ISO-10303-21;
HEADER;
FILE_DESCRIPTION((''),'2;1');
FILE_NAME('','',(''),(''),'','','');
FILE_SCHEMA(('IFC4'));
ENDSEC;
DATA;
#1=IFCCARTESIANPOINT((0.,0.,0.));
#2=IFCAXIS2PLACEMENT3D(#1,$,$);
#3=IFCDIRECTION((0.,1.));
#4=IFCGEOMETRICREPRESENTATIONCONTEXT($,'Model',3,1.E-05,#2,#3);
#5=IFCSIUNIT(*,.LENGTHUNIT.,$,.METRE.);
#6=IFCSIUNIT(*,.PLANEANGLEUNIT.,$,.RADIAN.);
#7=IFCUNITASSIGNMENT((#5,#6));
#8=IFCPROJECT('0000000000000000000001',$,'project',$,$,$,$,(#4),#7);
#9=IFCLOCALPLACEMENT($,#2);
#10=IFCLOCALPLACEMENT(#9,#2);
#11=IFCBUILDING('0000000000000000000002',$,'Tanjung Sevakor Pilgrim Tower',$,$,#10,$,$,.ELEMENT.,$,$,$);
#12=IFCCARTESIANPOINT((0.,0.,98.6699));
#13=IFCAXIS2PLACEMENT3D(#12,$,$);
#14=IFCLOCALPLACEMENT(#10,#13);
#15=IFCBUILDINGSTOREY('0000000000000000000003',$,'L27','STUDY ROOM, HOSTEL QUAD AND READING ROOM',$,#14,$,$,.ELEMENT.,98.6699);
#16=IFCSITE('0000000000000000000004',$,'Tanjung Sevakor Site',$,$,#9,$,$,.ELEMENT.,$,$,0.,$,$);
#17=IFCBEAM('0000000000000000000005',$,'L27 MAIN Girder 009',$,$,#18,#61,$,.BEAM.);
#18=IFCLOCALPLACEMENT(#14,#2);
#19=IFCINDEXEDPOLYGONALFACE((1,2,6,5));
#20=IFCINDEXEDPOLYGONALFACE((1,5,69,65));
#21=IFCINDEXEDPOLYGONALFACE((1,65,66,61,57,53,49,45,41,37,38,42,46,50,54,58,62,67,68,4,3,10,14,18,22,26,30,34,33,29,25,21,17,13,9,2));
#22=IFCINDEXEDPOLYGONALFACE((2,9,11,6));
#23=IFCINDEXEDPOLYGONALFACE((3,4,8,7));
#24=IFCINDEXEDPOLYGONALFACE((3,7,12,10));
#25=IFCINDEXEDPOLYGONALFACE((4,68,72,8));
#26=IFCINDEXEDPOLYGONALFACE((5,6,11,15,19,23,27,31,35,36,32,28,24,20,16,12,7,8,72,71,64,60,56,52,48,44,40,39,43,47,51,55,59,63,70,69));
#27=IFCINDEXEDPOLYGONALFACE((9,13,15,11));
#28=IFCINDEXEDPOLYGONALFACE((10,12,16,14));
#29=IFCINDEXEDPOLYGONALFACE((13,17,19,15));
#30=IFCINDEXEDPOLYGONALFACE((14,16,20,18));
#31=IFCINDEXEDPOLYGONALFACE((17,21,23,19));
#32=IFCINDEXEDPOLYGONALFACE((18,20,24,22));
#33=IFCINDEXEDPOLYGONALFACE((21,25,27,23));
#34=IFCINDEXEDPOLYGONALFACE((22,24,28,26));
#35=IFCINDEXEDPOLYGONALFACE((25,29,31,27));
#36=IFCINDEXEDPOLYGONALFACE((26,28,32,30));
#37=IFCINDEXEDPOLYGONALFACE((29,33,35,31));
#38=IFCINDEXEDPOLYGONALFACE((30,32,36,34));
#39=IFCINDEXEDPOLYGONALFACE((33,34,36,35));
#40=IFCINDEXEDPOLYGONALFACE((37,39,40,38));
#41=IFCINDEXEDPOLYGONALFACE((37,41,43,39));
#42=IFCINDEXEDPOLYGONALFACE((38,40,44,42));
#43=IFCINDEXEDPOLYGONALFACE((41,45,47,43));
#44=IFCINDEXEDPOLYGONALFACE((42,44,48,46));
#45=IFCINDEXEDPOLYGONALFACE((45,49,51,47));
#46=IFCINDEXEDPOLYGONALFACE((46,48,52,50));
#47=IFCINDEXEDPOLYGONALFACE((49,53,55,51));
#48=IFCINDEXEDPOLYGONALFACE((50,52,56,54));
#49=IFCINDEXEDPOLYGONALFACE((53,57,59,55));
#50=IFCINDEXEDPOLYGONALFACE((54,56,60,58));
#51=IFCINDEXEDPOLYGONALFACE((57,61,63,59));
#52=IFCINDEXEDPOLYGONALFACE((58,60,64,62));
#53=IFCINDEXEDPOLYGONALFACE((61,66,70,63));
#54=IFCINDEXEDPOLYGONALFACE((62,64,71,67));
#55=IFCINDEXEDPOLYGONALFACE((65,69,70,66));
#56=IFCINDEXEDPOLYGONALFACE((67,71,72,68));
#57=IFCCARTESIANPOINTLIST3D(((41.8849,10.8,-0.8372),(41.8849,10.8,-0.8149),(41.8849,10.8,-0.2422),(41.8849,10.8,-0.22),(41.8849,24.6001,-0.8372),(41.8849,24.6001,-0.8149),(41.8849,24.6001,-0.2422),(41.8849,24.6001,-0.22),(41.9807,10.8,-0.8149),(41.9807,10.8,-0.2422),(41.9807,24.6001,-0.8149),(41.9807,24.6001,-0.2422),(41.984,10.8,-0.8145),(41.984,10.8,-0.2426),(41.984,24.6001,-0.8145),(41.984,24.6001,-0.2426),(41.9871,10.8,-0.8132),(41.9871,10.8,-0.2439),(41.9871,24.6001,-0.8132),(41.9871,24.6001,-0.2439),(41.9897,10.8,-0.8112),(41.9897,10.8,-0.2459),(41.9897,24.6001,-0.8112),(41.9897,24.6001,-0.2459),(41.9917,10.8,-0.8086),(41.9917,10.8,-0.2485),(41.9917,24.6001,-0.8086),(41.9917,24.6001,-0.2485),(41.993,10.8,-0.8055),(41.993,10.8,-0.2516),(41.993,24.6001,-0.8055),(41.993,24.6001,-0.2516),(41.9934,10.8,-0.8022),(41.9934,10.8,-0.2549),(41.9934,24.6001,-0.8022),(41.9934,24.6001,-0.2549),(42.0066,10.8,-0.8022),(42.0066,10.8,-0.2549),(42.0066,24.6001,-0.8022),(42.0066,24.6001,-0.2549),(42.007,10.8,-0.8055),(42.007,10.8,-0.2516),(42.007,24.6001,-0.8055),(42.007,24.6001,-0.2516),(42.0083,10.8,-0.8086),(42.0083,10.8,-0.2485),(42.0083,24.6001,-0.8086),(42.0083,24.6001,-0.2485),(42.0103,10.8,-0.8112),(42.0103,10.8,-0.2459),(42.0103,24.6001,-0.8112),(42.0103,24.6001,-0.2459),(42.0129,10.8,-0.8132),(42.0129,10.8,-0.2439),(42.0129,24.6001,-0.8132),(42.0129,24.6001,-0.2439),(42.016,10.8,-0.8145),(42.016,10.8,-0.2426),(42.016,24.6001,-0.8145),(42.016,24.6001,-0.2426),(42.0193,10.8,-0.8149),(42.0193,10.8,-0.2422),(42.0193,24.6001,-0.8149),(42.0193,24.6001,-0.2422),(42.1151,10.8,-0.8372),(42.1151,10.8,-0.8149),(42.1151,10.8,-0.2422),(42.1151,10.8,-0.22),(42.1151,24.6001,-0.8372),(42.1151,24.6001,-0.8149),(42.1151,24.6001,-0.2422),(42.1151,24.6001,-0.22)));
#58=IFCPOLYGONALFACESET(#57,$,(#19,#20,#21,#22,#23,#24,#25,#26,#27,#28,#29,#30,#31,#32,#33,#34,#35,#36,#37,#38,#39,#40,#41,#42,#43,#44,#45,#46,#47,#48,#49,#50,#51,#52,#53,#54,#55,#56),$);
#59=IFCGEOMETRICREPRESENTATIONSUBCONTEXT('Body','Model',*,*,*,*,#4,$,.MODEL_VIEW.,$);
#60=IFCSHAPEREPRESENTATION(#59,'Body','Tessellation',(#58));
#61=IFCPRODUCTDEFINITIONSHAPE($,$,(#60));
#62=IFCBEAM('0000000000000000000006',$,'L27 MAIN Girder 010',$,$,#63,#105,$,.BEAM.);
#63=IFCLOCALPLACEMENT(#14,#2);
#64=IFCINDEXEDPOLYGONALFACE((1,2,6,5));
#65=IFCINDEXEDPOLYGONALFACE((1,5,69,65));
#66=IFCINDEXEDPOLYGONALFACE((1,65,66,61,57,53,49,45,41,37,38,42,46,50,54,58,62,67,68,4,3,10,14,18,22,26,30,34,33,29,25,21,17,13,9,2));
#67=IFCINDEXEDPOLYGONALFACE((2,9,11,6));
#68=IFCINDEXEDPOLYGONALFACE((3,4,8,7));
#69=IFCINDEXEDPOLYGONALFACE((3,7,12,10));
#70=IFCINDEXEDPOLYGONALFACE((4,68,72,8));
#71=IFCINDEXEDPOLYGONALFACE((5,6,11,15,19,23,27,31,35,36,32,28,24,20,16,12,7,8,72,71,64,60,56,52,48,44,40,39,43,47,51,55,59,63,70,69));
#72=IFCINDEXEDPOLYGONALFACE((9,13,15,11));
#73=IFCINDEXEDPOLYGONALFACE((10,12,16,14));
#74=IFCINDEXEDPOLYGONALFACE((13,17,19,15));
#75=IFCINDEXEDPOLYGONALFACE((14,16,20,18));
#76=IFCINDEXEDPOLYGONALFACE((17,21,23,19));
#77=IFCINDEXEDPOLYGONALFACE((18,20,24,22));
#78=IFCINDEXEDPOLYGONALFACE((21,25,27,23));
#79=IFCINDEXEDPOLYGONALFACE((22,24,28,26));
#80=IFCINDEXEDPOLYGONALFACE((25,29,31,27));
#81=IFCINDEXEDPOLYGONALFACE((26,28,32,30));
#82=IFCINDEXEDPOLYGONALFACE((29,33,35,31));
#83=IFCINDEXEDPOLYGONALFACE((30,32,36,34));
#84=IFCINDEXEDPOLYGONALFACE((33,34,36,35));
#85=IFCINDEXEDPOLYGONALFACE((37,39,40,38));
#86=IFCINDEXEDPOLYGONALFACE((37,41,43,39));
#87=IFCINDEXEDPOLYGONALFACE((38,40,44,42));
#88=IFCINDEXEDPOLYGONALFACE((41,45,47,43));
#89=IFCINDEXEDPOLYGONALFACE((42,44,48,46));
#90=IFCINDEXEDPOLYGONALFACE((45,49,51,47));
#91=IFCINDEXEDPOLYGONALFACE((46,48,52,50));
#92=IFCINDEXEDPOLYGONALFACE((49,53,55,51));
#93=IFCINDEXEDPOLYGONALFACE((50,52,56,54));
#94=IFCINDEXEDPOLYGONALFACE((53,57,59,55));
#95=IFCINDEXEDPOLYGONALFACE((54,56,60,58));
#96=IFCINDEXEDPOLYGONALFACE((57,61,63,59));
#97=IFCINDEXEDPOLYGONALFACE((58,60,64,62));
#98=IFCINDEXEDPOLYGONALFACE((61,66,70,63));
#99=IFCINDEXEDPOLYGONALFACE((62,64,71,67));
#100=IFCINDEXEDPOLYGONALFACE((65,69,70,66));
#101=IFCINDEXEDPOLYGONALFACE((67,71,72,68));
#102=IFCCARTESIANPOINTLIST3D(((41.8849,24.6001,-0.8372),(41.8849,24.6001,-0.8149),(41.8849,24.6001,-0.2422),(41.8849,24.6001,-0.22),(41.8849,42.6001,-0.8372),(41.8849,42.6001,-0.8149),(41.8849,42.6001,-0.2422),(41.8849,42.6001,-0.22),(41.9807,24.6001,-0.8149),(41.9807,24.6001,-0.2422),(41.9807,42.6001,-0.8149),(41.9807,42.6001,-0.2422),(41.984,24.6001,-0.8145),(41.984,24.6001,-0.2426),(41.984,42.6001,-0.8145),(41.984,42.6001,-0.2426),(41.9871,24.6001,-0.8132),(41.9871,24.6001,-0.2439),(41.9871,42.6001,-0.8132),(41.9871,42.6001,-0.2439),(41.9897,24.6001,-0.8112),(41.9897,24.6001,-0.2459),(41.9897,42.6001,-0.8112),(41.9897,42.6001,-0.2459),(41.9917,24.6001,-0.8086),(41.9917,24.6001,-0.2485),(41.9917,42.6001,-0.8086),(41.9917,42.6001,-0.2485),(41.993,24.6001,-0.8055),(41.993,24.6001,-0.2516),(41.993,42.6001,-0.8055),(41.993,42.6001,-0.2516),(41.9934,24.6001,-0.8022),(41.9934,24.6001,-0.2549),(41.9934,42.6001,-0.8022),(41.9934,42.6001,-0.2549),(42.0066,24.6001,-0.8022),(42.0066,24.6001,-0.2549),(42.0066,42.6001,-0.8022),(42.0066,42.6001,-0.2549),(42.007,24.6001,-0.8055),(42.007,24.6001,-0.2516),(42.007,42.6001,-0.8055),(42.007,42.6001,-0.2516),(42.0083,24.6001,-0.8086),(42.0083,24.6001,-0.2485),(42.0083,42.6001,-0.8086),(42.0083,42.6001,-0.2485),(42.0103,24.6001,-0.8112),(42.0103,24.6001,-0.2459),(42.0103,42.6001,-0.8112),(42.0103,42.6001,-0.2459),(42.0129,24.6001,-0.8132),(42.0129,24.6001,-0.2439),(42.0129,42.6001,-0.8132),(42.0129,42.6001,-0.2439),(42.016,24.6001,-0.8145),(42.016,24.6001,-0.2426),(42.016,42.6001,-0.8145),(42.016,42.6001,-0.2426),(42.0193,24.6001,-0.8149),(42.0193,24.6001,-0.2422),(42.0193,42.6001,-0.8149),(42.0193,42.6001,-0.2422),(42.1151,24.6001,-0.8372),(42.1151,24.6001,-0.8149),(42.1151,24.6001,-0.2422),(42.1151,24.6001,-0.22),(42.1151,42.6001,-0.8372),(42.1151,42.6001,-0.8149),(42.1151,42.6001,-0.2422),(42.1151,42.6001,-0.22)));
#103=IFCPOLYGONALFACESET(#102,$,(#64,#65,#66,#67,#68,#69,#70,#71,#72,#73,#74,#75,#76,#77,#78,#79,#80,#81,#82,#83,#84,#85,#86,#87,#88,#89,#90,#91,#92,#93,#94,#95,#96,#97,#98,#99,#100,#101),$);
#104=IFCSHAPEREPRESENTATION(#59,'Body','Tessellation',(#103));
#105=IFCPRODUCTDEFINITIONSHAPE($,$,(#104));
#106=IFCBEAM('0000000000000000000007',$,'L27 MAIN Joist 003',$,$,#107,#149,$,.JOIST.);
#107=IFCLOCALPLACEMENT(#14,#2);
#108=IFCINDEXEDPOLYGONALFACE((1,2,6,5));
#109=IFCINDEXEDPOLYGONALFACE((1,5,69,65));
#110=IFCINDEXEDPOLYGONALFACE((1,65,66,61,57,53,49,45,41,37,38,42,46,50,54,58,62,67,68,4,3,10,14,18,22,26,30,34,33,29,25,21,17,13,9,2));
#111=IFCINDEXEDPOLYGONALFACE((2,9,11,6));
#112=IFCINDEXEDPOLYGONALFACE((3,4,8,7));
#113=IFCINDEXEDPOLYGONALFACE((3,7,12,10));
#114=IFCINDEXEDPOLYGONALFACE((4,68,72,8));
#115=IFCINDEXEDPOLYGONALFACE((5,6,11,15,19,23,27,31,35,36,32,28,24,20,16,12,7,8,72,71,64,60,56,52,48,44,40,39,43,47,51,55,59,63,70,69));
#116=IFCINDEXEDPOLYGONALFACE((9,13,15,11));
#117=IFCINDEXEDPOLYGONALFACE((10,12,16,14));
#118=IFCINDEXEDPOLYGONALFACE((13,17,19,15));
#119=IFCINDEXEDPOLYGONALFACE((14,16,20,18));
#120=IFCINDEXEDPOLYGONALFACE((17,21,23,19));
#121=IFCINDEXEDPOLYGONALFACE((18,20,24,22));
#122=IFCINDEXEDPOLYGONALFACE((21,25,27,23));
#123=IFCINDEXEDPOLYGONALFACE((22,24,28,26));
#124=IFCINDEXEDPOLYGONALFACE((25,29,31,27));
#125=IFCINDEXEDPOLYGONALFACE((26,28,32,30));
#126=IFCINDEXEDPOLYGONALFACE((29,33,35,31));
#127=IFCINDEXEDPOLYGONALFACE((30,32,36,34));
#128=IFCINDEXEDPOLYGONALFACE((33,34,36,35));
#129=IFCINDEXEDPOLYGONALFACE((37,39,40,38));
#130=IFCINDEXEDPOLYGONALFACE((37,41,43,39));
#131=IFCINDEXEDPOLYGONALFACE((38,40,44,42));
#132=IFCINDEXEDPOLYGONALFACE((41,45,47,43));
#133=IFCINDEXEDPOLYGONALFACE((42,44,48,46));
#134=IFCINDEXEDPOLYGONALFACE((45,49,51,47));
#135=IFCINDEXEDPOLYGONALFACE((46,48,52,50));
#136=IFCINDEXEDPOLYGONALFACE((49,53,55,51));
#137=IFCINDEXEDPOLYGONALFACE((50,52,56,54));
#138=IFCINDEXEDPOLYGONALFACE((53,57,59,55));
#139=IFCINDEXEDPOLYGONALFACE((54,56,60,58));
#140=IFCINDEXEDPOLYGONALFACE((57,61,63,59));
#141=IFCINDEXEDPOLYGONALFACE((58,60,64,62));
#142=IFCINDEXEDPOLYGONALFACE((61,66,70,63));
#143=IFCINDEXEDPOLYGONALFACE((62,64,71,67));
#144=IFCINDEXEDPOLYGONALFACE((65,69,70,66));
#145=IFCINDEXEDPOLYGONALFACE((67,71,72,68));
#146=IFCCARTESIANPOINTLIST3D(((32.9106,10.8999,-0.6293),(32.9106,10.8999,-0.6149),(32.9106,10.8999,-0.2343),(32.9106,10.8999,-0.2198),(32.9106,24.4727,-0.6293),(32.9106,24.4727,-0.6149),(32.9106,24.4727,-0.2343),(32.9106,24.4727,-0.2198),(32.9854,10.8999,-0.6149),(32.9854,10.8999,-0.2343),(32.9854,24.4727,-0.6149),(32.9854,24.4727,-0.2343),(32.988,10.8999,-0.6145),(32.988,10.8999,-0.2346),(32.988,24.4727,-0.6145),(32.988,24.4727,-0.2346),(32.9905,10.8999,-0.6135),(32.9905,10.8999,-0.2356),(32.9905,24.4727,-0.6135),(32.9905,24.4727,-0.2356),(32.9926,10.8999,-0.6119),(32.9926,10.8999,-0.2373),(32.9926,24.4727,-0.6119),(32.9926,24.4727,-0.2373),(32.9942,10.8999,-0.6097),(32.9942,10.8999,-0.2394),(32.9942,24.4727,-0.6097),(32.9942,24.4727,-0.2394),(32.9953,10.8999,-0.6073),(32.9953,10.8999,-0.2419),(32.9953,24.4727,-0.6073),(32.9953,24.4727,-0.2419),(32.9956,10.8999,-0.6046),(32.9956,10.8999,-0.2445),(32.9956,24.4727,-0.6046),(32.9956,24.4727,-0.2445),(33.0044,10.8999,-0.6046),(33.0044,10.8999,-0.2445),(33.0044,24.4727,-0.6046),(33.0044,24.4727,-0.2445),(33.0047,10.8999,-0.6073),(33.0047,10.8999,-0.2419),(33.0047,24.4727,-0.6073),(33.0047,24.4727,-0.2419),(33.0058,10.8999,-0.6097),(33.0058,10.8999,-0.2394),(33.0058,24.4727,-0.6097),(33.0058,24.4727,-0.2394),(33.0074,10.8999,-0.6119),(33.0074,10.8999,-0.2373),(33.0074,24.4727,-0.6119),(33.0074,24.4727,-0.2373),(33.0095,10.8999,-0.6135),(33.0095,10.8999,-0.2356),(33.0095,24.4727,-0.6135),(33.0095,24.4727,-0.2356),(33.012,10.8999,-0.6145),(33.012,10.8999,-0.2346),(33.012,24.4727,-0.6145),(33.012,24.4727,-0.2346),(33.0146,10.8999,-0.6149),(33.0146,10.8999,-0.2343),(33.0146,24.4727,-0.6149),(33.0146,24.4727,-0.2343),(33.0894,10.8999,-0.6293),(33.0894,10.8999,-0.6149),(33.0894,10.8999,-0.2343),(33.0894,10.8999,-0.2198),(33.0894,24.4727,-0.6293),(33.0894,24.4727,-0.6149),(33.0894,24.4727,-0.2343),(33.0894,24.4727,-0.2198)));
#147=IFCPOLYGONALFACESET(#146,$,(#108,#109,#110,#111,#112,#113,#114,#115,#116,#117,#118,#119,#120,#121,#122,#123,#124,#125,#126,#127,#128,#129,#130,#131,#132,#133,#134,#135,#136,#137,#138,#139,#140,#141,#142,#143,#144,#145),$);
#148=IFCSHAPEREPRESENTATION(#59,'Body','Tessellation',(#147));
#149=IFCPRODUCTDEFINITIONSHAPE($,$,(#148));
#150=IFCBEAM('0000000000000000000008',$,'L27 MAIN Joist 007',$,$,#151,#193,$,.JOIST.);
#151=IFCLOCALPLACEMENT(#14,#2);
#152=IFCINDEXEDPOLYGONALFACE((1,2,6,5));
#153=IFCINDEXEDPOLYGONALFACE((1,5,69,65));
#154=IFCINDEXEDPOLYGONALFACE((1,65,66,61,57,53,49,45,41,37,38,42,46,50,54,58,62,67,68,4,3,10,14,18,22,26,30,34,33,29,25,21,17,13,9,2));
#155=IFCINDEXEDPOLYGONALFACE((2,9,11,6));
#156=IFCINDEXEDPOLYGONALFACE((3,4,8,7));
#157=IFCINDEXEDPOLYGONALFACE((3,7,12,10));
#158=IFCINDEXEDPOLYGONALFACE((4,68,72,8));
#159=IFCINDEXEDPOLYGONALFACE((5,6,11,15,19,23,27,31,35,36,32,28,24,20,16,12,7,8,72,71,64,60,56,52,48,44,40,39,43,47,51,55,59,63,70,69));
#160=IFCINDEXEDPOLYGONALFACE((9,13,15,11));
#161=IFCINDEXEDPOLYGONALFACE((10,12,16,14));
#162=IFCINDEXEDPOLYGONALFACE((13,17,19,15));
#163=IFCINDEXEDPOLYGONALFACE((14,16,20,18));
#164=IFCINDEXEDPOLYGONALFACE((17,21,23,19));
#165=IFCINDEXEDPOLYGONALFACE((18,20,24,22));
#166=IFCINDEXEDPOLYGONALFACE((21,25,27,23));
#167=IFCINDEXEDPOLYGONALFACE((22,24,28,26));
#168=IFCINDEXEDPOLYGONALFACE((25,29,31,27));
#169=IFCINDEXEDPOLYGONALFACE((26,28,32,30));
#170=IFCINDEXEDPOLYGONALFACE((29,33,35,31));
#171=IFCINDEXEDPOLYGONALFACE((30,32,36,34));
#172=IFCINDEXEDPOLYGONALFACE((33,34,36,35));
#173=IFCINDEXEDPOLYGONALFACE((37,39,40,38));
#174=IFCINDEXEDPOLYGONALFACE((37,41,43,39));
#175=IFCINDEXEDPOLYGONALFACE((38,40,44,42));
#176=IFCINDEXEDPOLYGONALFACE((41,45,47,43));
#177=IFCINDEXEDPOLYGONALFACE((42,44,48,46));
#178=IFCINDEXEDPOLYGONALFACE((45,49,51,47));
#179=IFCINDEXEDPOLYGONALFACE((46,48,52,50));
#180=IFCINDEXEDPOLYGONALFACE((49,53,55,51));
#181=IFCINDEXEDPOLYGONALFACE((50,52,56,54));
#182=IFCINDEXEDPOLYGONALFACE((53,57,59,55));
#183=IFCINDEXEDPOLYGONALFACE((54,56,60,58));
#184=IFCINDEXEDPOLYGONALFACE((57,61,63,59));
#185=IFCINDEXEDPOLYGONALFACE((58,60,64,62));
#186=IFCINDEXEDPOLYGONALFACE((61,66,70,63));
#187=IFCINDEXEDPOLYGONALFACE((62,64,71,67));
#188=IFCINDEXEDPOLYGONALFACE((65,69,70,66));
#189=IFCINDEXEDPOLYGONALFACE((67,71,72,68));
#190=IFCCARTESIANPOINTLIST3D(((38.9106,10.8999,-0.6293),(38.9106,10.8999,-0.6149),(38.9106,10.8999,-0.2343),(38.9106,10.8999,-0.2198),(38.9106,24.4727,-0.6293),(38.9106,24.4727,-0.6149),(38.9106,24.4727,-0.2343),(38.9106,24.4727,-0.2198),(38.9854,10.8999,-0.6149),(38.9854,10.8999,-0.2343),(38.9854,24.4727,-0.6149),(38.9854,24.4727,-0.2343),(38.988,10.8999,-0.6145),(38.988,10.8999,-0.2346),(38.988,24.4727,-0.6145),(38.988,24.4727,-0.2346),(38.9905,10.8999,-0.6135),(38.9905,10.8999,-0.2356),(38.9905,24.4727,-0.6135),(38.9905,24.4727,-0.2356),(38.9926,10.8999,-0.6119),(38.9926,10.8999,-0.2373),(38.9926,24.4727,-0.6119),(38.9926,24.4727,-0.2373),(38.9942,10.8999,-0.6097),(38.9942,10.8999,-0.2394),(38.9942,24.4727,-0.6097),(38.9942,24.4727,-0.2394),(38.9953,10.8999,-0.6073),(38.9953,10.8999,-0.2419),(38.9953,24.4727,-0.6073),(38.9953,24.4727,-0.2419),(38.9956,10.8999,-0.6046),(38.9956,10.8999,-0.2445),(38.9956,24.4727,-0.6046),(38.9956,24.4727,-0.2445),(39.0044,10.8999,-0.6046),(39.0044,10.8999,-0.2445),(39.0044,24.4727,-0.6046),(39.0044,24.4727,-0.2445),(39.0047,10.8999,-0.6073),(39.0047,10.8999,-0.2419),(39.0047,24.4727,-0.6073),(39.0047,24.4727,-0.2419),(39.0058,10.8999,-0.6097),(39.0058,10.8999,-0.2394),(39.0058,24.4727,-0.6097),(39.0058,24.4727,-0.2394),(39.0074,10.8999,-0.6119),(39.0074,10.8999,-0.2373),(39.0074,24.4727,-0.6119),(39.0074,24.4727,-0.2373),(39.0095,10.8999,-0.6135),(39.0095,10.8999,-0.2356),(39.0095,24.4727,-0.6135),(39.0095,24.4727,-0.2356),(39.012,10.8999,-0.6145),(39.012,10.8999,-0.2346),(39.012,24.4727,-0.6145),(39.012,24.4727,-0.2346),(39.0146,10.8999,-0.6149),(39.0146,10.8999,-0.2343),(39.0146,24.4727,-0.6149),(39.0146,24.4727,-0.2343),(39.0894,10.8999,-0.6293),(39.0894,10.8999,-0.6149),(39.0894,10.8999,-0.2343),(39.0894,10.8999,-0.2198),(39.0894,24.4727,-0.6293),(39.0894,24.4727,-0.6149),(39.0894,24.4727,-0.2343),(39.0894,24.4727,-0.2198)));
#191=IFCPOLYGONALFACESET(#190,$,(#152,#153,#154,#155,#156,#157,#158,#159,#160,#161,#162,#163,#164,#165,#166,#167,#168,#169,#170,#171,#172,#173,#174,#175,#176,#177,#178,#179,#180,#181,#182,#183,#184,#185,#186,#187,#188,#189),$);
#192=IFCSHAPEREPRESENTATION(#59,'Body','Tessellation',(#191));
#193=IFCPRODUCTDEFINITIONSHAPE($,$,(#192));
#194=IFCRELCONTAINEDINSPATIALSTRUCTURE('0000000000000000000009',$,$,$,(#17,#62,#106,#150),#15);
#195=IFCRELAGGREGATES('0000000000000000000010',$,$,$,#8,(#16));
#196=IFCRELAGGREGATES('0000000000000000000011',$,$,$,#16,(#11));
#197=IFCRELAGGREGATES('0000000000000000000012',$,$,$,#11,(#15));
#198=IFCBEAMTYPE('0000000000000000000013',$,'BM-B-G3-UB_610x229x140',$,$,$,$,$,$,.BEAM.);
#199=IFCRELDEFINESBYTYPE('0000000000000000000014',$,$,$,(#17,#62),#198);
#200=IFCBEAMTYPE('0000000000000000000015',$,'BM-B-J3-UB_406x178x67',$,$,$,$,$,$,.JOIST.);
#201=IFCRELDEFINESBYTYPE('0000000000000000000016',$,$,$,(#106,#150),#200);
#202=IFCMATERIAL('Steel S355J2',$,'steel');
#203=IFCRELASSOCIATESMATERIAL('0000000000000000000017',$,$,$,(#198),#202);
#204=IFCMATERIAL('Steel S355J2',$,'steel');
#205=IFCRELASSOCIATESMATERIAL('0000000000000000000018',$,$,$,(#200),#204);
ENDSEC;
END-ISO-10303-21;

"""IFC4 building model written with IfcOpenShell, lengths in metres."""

from ifc_helpers import new_model, si_unit, direction, frame, origin, origin_2d, place, context, subcontext, project, spatial, i_section, extrude, material, material_profile, profile_set, type_object, element, save


model = new_model("IFC4")

# Units and contexts
model_context = context("Model", 3, precision=1e-05, world=origin(), true_north=direction((0.0, 1.0)))
body_context = subcontext(model_context, "Body", "Model", "MODEL_VIEW")
ifc_project = project(units=[si_unit("LENGTHUNIT", "METRE"), si_unit("PLANEANGLEUNIT", "RADIAN")], contexts=[model_context])

# Site, building, storey
site_placement = place(None, origin())
site = spatial("IfcSite", under=ifc_project, at=site_placement, Name="Tanjung Sevakor Site", CompositionType="ELEMENT", RefElevation=0.0)
building_placement = place(site_placement, origin())
building = spatial("IfcBuilding", under=site, at=building_placement, Name="Tanjung Sevakor Pilgrim Tower", CompositionType="ELEMENT")
storey_placement = place(building_placement, frame((0.0, 0.0, 98.6699)))
storey = spatial("IfcBuildingStorey", under=building, at=storey_placement, Name="L27", Description="STUDY ROOM, HOSTEL QUAD AND READING ROOM", CompositionType="ELEMENT", Elevation=98.6699)

# Beams
ifc_material_1 = material(Name="Steel S355J2", Category="steel")
ifc_material_profile_1 = material_profile(ifc_material_1, i_section(OverallWidth=0.2302, OverallDepth=0.6172, WebThickness=0.0132, FlangeThickness=0.0222, FilletRadius=0.0127, at=origin_2d()))
ifc_profile_set_1 = profile_set([ifc_material_profile_1], Name="Steel S355J2")
beam_type_1 = type_object("IfcBeamType", Name="BM-B-G3-UB_610x229x140", PredefinedType="BEAM", material=ifc_profile_set_1)
beam_1_placement = place(storey_placement, frame((42.0, 10.8, -0.5286), z_axis=(0.0, 1.0, 0.0), x_axis=(-1.0, 0.0, 0.0)))
element("IfcBeam", 1, at=beam_1_placement, inside=storey, type_object=beam_type_1, Name="L27 MAIN Girder 009", PredefinedType="BEAM", context=body_context, shape_type="SweptSolid", body=[
    extrude(i_section(OverallWidth=0.2302, OverallDepth=0.6172, WebThickness=0.0132, FlangeThickness=0.0222, FilletRadius=0.0127, at=origin_2d()), origin(), (0.0, 0.0, 1.0), 13.8),
])
beam_2_placement = place(storey_placement, frame((42.0, 24.6001, -0.5286), z_axis=(0.0, 1.0, 0.0), x_axis=(-1.0, 0.0, 0.0)))
element("IfcBeam", 2, at=beam_2_placement, inside=storey, type_object=beam_type_1, Name="L27 MAIN Girder 010", PredefinedType="BEAM", context=body_context, shape_type="SweptSolid", body=[
    extrude(i_section(OverallWidth=0.2302, OverallDepth=0.6172, WebThickness=0.0132, FlangeThickness=0.0222, FilletRadius=0.0127, at=origin_2d()), origin(), (0.0, 0.0, 1.0), 18.0),
])
ifc_material_2 = material(Name="Steel S355J2", Category="steel")
ifc_material_profile_2 = material_profile(ifc_material_2, i_section(OverallWidth=0.1787, OverallDepth=0.4094, WebThickness=0.0088, FlangeThickness=0.0144, FilletRadius=0.0103, at=origin_2d()))
ifc_profile_set_2 = profile_set([ifc_material_profile_2], Name="Steel S355J2")
beam_type_2 = type_object("IfcBeamType", Name="BM-B-J3-UB_406x178x67", PredefinedType="JOIST", material=ifc_profile_set_2)
for number, where, z_axis, x_axis, name in (
    (3, (33.0, 10.8999, -0.4246), (0.0, 1.0, 0.0), (-1.0, 0.0, 0.0), "L27 MAIN Joist 003"),
    (4, (39.0, 10.8999, -0.4246), (0.0, 1.0, 0.0), (-1.0, 0.0, 0.0), "L27 MAIN Joist 007"),
):
    element("IfcBeam", number, at=place(storey_placement, frame(where, z_axis=z_axis, x_axis=x_axis)), inside=storey, type_object=beam_type_2, Name=name, PredefinedType="JOIST", context=body_context, shape_type="SweptSolid", body=[
        extrude(i_section(OverallWidth=0.1787, OverallDepth=0.4094, WebThickness=0.0088, FlangeThickness=0.0144, FilletRadius=0.0103, at=origin_2d()), origin(), (0.0, 0.0, 1.0), 13.5728),
    ])

save(model, "model.ifc")
